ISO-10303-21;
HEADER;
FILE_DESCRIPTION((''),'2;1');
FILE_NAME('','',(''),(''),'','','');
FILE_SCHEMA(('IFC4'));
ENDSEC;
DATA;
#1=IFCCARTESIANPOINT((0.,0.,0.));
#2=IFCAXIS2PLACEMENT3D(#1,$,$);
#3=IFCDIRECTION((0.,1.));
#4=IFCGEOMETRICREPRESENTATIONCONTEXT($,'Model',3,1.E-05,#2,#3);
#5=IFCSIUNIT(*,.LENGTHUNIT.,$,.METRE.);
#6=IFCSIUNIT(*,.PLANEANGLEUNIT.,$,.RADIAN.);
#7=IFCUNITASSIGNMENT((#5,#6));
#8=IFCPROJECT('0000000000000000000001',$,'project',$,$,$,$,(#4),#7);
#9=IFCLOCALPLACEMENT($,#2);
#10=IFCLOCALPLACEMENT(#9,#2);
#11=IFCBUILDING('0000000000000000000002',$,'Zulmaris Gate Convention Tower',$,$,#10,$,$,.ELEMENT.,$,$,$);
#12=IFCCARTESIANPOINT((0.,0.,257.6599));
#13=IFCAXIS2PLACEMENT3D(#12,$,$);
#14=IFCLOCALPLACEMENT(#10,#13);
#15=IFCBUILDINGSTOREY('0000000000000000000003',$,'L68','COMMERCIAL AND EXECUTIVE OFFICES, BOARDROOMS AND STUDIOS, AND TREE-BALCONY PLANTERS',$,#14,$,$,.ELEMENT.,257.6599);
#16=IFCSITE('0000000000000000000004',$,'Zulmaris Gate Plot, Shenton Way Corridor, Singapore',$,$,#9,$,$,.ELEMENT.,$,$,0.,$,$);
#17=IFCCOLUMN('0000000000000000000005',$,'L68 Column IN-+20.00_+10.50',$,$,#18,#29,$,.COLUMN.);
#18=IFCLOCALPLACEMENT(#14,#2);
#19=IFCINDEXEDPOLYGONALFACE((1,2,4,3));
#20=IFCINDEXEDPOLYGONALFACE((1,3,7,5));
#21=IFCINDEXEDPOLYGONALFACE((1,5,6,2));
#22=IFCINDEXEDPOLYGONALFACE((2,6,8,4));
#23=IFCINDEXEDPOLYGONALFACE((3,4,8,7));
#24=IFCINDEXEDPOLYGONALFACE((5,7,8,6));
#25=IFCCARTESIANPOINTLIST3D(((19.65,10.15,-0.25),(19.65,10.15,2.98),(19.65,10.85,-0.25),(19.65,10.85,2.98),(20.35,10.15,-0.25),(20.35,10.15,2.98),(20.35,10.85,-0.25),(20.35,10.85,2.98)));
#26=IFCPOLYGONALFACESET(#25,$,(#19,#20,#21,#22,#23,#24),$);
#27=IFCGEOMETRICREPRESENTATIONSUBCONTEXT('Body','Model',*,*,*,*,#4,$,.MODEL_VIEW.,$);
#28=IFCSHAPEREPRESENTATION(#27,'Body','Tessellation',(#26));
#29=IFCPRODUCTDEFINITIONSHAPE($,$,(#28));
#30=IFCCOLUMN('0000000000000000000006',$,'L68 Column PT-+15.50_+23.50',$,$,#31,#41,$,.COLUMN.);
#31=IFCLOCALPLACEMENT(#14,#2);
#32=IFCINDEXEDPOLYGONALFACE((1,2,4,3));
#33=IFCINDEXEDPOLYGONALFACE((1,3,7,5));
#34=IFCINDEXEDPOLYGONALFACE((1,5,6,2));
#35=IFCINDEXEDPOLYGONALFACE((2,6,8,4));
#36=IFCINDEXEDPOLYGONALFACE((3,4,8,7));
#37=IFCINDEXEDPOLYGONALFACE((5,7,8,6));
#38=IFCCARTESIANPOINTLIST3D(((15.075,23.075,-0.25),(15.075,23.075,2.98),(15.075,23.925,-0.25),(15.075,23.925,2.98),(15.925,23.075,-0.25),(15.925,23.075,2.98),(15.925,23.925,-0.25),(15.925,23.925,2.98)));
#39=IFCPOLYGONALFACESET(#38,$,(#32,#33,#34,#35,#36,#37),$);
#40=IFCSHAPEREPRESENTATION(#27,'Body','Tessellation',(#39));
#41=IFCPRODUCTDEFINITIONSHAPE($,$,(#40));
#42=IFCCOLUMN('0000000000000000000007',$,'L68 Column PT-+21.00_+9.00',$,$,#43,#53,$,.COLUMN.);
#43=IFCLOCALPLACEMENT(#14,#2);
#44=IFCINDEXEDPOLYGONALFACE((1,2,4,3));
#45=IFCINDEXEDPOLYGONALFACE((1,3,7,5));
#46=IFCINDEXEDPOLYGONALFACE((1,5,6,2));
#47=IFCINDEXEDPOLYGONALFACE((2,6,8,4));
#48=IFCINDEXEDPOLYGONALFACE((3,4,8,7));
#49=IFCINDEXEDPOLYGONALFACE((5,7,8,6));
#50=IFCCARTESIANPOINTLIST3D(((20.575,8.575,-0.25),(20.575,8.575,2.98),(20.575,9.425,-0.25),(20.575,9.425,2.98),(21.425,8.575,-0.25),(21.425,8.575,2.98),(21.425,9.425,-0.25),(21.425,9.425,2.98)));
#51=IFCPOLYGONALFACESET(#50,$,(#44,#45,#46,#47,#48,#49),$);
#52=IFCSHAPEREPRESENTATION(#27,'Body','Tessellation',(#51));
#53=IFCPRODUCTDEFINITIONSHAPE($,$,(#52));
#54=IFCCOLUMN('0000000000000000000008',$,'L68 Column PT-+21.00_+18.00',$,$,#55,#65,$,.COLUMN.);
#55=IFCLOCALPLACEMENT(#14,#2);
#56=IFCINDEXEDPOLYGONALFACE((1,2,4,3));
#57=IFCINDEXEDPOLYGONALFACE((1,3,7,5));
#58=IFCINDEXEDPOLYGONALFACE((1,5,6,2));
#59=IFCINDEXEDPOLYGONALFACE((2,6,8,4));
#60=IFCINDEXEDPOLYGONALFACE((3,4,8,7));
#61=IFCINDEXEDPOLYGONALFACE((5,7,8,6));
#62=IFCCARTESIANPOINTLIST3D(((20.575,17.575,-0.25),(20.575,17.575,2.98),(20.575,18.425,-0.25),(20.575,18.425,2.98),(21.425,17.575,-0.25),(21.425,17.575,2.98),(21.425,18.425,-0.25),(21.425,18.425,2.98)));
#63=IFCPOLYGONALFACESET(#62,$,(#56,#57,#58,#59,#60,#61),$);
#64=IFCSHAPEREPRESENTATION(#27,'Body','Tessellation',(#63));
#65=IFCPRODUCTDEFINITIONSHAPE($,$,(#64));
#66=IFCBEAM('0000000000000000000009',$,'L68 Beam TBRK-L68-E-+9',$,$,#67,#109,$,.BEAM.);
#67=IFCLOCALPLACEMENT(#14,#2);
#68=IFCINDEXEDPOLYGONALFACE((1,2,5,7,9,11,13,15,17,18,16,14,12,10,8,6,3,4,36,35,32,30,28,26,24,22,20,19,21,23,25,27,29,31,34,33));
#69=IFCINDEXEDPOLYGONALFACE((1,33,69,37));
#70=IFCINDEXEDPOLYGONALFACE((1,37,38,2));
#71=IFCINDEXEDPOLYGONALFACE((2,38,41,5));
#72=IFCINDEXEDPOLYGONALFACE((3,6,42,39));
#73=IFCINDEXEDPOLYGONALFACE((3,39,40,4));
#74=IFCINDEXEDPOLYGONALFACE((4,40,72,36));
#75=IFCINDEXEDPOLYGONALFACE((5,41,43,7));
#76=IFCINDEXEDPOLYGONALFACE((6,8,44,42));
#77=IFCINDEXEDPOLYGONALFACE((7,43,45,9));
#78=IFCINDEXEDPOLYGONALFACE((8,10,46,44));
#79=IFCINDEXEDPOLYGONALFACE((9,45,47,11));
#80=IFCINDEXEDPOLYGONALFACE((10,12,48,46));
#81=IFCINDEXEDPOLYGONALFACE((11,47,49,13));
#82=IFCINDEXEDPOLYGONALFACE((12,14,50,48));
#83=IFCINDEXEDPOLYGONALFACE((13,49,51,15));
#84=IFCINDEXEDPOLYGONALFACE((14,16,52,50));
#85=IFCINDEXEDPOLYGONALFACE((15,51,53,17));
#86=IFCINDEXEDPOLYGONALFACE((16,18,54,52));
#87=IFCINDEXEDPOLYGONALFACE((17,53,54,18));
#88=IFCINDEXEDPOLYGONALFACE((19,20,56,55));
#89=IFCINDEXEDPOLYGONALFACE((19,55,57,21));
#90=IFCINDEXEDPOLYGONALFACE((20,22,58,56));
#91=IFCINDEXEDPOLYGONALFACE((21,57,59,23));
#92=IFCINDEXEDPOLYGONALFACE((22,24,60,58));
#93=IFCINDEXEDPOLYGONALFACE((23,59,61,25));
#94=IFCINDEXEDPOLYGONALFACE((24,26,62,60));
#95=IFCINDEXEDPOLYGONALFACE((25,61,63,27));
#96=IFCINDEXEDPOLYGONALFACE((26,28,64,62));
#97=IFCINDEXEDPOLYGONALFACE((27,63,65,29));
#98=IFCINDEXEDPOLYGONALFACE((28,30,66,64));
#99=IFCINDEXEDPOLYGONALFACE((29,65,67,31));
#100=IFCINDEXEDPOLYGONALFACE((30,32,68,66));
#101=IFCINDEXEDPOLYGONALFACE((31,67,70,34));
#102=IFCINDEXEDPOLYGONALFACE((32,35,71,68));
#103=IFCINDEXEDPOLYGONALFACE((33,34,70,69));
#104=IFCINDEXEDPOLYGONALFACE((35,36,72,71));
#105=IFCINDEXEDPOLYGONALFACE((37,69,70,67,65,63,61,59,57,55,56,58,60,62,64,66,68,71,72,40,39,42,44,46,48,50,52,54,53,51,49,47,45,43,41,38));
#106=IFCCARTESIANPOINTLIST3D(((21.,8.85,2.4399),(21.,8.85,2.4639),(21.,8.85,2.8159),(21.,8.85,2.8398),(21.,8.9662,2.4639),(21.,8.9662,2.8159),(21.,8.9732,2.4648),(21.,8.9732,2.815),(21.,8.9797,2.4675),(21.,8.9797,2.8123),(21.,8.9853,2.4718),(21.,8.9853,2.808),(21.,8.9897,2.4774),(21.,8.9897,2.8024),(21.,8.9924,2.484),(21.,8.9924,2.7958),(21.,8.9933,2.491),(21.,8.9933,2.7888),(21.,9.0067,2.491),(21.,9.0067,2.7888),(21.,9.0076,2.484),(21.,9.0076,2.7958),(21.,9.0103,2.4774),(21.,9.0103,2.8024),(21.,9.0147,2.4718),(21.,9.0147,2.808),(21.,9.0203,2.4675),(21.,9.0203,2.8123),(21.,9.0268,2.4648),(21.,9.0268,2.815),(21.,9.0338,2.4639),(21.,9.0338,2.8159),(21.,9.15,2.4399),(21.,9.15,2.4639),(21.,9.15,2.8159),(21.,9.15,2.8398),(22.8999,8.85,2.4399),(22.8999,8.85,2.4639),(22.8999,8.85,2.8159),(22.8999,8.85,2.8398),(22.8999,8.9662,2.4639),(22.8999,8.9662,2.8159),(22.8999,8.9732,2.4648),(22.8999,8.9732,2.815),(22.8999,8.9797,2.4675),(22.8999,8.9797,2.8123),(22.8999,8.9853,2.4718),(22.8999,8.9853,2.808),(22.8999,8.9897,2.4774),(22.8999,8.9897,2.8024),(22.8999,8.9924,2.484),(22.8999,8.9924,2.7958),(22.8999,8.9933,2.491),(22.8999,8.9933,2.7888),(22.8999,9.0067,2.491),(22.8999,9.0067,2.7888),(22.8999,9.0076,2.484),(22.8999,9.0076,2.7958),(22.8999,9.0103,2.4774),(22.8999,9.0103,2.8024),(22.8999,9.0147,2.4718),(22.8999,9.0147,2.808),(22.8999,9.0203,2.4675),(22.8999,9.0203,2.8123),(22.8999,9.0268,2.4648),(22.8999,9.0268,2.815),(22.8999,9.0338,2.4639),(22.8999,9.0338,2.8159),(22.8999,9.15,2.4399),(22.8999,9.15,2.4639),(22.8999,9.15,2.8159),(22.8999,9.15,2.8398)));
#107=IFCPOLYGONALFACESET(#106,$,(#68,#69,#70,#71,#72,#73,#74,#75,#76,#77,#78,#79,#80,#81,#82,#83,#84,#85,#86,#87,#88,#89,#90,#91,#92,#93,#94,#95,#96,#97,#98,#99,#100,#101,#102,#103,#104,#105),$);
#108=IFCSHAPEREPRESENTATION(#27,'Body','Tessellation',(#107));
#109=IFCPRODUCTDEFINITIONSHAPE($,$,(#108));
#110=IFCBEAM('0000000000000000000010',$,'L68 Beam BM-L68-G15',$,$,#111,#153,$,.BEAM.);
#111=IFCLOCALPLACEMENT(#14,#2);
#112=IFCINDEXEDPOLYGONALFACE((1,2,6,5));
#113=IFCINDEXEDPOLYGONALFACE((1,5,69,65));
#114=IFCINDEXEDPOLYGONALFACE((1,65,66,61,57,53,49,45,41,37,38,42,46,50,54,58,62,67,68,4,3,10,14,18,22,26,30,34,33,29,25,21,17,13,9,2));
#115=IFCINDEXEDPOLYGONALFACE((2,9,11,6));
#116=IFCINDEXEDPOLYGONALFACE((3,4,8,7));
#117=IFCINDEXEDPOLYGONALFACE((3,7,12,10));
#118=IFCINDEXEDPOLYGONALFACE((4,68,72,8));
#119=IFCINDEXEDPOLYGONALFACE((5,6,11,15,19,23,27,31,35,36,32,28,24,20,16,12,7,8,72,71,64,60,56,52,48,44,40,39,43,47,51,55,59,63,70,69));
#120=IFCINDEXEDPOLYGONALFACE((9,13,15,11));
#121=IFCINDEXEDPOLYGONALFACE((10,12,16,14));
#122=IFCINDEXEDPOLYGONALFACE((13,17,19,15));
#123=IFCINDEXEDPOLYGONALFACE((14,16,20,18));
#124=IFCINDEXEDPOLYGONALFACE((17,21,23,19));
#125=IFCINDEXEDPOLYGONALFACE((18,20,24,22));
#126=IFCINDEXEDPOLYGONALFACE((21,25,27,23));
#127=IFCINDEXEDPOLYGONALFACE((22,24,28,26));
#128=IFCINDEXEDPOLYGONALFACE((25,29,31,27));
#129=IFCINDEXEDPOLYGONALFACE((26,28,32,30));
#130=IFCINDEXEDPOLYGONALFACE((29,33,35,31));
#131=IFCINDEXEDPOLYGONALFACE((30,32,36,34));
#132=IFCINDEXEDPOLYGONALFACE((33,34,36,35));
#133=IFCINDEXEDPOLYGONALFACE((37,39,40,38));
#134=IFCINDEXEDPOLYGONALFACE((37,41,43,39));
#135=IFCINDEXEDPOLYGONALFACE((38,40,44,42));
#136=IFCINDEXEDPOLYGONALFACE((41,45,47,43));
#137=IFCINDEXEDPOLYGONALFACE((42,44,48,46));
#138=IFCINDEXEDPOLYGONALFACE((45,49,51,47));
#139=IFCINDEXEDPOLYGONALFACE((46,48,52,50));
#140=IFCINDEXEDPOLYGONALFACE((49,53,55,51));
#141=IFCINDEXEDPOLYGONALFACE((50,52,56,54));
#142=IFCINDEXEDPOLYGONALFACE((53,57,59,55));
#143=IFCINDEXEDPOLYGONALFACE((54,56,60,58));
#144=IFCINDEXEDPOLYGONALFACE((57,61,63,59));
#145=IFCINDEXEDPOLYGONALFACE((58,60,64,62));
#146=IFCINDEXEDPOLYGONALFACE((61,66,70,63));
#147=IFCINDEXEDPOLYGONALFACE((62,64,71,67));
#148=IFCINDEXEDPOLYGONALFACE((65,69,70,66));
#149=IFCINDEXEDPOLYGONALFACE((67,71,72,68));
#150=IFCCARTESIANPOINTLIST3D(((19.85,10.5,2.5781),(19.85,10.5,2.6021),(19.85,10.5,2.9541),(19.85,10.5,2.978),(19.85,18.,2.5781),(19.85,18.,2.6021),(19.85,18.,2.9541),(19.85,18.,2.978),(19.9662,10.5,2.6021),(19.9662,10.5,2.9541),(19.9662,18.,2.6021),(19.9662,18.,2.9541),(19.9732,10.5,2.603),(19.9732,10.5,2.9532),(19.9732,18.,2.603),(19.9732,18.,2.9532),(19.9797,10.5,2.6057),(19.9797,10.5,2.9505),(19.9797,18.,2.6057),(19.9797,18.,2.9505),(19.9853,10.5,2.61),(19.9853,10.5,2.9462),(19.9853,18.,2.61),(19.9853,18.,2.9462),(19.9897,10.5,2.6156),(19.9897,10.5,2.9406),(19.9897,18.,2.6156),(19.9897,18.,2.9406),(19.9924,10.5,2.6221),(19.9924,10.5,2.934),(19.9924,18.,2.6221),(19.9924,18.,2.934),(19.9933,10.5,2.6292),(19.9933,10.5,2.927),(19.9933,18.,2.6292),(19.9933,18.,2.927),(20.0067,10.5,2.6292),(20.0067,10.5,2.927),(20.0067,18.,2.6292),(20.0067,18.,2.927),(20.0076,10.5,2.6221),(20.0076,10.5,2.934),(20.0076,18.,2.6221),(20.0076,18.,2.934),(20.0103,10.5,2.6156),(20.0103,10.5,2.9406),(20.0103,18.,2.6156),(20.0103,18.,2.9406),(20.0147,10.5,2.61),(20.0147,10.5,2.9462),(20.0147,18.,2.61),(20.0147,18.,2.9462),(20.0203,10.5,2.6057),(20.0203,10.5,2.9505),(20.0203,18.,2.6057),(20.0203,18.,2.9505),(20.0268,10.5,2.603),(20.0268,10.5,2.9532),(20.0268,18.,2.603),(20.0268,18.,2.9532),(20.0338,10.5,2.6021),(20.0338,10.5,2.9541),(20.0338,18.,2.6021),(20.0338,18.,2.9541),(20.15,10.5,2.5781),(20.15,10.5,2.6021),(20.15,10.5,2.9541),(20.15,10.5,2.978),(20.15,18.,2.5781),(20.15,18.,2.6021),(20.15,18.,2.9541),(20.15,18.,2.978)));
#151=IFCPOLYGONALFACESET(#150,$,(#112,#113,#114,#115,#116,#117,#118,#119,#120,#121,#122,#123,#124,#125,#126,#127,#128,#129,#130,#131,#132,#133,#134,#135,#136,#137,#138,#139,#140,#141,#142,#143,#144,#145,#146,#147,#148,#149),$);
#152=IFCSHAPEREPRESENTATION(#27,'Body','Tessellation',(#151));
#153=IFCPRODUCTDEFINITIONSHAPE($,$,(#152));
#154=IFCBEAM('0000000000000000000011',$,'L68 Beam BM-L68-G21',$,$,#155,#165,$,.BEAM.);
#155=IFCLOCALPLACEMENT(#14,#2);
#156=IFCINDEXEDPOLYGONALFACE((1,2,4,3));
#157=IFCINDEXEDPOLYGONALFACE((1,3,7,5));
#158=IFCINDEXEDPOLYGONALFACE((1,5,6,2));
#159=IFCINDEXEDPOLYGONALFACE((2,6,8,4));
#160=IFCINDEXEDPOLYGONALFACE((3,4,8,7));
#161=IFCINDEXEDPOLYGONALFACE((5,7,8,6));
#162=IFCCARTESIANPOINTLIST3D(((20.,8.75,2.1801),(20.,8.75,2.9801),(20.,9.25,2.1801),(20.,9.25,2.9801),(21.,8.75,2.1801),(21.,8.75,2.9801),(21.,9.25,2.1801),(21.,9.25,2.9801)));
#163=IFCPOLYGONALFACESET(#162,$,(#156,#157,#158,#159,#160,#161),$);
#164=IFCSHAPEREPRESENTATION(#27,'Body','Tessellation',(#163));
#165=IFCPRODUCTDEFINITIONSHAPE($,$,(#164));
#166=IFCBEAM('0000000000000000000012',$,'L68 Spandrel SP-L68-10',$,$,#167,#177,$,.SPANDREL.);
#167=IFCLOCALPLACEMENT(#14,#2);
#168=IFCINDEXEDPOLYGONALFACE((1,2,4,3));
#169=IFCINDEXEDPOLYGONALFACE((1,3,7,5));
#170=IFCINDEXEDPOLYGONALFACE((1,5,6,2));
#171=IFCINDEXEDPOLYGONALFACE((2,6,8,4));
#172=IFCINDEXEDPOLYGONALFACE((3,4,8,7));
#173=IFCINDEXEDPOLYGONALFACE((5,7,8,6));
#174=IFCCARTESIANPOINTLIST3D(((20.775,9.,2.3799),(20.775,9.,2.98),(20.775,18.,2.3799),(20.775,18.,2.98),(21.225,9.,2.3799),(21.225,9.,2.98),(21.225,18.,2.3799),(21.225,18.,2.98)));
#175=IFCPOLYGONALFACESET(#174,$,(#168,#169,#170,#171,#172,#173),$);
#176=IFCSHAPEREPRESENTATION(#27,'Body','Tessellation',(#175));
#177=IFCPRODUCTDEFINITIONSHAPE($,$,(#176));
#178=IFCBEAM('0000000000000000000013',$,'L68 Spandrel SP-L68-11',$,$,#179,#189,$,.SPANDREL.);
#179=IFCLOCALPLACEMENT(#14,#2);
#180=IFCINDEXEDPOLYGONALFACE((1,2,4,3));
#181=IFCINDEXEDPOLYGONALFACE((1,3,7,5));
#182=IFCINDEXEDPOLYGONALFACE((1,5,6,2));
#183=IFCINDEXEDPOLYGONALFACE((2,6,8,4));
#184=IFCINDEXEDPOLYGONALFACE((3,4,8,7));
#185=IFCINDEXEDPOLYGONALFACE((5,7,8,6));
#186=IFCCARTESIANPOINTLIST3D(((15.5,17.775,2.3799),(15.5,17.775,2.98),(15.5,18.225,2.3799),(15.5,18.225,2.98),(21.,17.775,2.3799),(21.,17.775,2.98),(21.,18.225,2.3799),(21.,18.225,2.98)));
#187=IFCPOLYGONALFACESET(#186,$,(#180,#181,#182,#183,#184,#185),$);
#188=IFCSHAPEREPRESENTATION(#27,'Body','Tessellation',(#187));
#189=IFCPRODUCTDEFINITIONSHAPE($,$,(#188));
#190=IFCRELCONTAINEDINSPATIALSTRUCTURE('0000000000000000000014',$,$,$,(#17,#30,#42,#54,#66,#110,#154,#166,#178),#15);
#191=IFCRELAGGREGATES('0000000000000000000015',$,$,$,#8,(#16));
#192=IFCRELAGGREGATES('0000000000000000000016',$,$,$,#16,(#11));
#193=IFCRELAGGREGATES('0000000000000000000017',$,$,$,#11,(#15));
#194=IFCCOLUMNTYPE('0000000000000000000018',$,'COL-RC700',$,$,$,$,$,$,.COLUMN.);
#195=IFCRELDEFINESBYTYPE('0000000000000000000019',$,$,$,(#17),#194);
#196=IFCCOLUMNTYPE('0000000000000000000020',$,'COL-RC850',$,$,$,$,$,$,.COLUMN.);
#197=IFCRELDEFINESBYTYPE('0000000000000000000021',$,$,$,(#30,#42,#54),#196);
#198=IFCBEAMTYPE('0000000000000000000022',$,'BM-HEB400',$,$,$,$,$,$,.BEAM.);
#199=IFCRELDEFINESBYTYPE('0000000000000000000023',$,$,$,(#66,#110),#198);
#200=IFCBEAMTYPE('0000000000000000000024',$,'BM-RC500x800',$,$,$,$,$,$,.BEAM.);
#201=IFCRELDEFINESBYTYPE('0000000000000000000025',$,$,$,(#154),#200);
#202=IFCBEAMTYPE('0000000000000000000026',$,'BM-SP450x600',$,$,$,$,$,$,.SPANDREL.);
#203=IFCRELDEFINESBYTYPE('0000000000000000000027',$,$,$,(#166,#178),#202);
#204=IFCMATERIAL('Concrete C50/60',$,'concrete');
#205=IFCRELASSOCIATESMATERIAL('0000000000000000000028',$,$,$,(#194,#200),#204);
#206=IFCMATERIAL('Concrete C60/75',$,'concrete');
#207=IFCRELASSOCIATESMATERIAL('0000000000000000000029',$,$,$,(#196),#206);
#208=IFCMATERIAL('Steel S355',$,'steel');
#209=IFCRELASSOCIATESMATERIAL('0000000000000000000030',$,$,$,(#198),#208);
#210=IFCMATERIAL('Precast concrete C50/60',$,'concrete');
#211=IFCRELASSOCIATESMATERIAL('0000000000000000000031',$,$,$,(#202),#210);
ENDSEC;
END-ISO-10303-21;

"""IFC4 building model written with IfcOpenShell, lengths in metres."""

from ifc_helpers import new_model, si_unit, direction, frame, origin, origin_2d, place, context, subcontext, project, spatial, rectangle, i_section, extrude, material, material_profile, profile_set, type_object, element, save


model = new_model("IFC4")

# Units and contexts
model_context = context("Model", 3, precision=1e-05, world=origin(), true_north=direction((0.0, 1.0)))
body_context = subcontext(model_context, "Body", "Model", "MODEL_VIEW")
ifc_project = project(units=[si_unit("LENGTHUNIT", "METRE"), si_unit("PLANEANGLEUNIT", "RADIAN")], contexts=[model_context])

# Site, building, storey
site_placement = place(None, origin())
site = spatial("IfcSite", under=ifc_project, at=site_placement, Name="Zulmaris Gate Plot, Shenton Way Corridor, Singapore", CompositionType="ELEMENT", RefElevation=0.0)
building_placement = place(site_placement, origin())
building = spatial("IfcBuilding", under=site, at=building_placement, Name="Zulmaris Gate Convention Tower", CompositionType="ELEMENT")
storey_placement = place(building_placement, frame((0.0, 0.0, 257.6599)))
storey = spatial("IfcBuildingStorey", under=building, at=storey_placement, Name="L68", Description="COMMERCIAL AND EXECUTIVE OFFICES, BOARDROOMS AND STUDIOS, AND TREE-BALCONY PLANTERS", CompositionType="ELEMENT", Elevation=257.6599)

# Columns
ifc_material_1 = material(Name="Concrete C50/60", Category="concrete")
ifc_material_profile_1 = material_profile(ifc_material_1, rectangle(XDim=0.7, YDim=0.7, at=origin_2d()), Name="RC COL 700x700")
ifc_profile_set_1 = profile_set([ifc_material_profile_1], Name="Concrete C50/60")
column_type_1 = type_object("IfcColumnType", Name="COL-RC700", PredefinedType="COLUMN", material=ifc_profile_set_1)
column_placement = place(storey_placement, frame((20.0, 10.5, -0.25), z_axis=(0.0, 0.0, 1.0), x_axis=(1.0, 0.0, 0.0)))
element("IfcColumn", 1, at=column_placement, inside=storey, type_object=column_type_1, Name="L68 Column IN-+20.00_+10.50", PredefinedType="COLUMN", context=body_context, shape_type="SweptSolid", body=[
    extrude(rectangle(XDim=0.7, YDim=0.7, at=origin_2d()), origin(), (0.0, 0.0, 1.0), 3.23),
])
ifc_material_2 = material(Name="Concrete C60/75", Category="concrete")
ifc_material_profile_2 = material_profile(ifc_material_2, rectangle(XDim=0.8501, YDim=0.8501, at=origin_2d()), Name="RC COL 850x850")
ifc_profile_set_2 = profile_set([ifc_material_profile_2], Name="Concrete C60/75")
column_type_2 = type_object("IfcColumnType", Name="COL-RC850", PredefinedType="COLUMN", material=ifc_profile_set_2)
for number, where, z_axis, x_axis, name in (
    (2, (15.5, 23.5, -0.25), (0.0, 0.0, 1.0), (1.0, 0.0, 0.0), "L68 Column PT-+15.50_+23.50"),
    (3, (21.0, 9.0, -0.25), (0.0, 0.0, 1.0), (1.0, 0.0, 0.0), "L68 Column PT-+21.00_+9.00"),
    (4, (21.0, 18.0, -0.25), (0.0, 0.0, 1.0), (1.0, 0.0, 0.0), "L68 Column PT-+21.00_+18.00"),
):
    element("IfcColumn", number, at=place(storey_placement, frame(where, z_axis=z_axis, x_axis=x_axis)), inside=storey, type_object=column_type_2, Name=name, PredefinedType="COLUMN", context=body_context, shape_type="SweptSolid", body=[
        extrude(rectangle(XDim=0.8501, YDim=0.8501, at=origin_2d()), origin(), (0.0, 0.0, 1.0), 3.23),
    ])

# Beams
ifc_material_3 = material(Name="Steel S355", Category="steel")
ifc_material_profile_3 = material_profile(ifc_material_3, i_section(OverallWidth=0.3, OverallDepth=0.3999, WebThickness=0.0134, FlangeThickness=0.0239, FilletRadius=0.0271, at=origin_2d()), Name="HEB 400")
ifc_profile_set_3 = profile_set([ifc_material_profile_3], Name="Steel S355")
beam_type_1 = type_object("IfcBeamType", Name="BM-HEB400", PredefinedType="BEAM", material=ifc_profile_set_3)
beam_1_placement = place(storey_placement, frame((21.0, 9.0, 2.6399), z_axis=(1.0, 0.0, 0.0), x_axis=(0.0, 1.0, 0.0)))
element("IfcBeam", 5, at=beam_1_placement, inside=storey, type_object=beam_type_1, Name="L68 Beam TBRK-L68-E-+9", PredefinedType="BEAM", context=body_context, shape_type="SweptSolid", body=[
    extrude(i_section(OverallWidth=0.3, OverallDepth=0.3999, WebThickness=0.0134, FlangeThickness=0.0239, FilletRadius=0.0271, at=origin_2d()), origin(), (0.0, 0.0, 1.0), 1.8999),
])
beam_2_placement = place(storey_placement, frame((20.0, 10.5, 2.7781), z_axis=(0.0, 1.0, 0.0), x_axis=(-1.0, 0.0, 0.0)))
element("IfcBeam", 6, at=beam_2_placement, inside=storey, type_object=beam_type_1, Name="L68 Beam BM-L68-G15", PredefinedType="BEAM", context=body_context, shape_type="SweptSolid", body=[
    extrude(i_section(OverallWidth=0.3, OverallDepth=0.3999, WebThickness=0.0134, FlangeThickness=0.0239, FilletRadius=0.0271, at=origin_2d()), origin(), (0.0, 0.0, 1.0), 7.5),
])
ifc_material_profile_4 = material_profile(ifc_material_1, rectangle(XDim=0.5, YDim=0.8, at=origin_2d()), Name="RC BEAM 500x800")
ifc_profile_set_4 = profile_set([ifc_material_profile_4], Name="Concrete C50/60")
beam_type_2 = type_object("IfcBeamType", Name="BM-RC500x800", PredefinedType="BEAM", material=ifc_profile_set_4)
beam_3_placement = place(storey_placement, frame((20.0, 9.0, 2.5801), z_axis=(1.0, 0.0, 0.0), x_axis=(0.0, 1.0, 0.0)))
element("IfcBeam", 7, at=beam_3_placement, inside=storey, type_object=beam_type_2, Name="L68 Beam BM-L68-G21", PredefinedType="BEAM", context=body_context, shape_type="SweptSolid", body=[
    extrude(rectangle(XDim=0.5, YDim=0.8, at=origin_2d()), origin(), (0.0, 0.0, 1.0), 1.0),
])
ifc_material_4 = material(Name="Precast concrete C50/60", Category="concrete")
ifc_material_profile_5 = material_profile(ifc_material_4, rectangle(XDim=0.45, YDim=0.6001, at=origin_2d()), Name="RC SPANDREL 450x600")
ifc_profile_set_5 = profile_set([ifc_material_profile_5], Name="Precast concrete C50/60")
beam_type_3 = type_object("IfcBeamType", Name="BM-SP450x600", PredefinedType="SPANDREL", material=ifc_profile_set_5)
beam_4_placement = place(storey_placement, frame((21.0, 9.0, 2.6799), z_axis=(0.0, 1.0, 0.0), x_axis=(-1.0, 0.0, 0.0)))
element("IfcBeam", 8, at=beam_4_placement, inside=storey, type_object=beam_type_3, Name="L68 Spandrel SP-L68-10", PredefinedType="SPANDREL", context=body_context, shape_type="SweptSolid", body=[
    extrude(rectangle(XDim=0.45, YDim=0.6001, at=origin_2d()), origin(), (0.0, 0.0, 1.0), 9.0),
])
beam_5_placement = place(storey_placement, frame((21.0, 18.0, 2.6799), z_axis=(-1.0, 0.0, 0.0), x_axis=(0.0, -1.0, 0.0)))
element("IfcBeam", 9, at=beam_5_placement, inside=storey, type_object=beam_type_3, Name="L68 Spandrel SP-L68-11", PredefinedType="SPANDREL", context=body_context, shape_type="SweptSolid", body=[
    extrude(rectangle(XDim=0.45, YDim=0.6001, at=origin_2d()), origin(), (0.0, 0.0, 1.0), 5.5),
])

save(model, "model.ifc")
